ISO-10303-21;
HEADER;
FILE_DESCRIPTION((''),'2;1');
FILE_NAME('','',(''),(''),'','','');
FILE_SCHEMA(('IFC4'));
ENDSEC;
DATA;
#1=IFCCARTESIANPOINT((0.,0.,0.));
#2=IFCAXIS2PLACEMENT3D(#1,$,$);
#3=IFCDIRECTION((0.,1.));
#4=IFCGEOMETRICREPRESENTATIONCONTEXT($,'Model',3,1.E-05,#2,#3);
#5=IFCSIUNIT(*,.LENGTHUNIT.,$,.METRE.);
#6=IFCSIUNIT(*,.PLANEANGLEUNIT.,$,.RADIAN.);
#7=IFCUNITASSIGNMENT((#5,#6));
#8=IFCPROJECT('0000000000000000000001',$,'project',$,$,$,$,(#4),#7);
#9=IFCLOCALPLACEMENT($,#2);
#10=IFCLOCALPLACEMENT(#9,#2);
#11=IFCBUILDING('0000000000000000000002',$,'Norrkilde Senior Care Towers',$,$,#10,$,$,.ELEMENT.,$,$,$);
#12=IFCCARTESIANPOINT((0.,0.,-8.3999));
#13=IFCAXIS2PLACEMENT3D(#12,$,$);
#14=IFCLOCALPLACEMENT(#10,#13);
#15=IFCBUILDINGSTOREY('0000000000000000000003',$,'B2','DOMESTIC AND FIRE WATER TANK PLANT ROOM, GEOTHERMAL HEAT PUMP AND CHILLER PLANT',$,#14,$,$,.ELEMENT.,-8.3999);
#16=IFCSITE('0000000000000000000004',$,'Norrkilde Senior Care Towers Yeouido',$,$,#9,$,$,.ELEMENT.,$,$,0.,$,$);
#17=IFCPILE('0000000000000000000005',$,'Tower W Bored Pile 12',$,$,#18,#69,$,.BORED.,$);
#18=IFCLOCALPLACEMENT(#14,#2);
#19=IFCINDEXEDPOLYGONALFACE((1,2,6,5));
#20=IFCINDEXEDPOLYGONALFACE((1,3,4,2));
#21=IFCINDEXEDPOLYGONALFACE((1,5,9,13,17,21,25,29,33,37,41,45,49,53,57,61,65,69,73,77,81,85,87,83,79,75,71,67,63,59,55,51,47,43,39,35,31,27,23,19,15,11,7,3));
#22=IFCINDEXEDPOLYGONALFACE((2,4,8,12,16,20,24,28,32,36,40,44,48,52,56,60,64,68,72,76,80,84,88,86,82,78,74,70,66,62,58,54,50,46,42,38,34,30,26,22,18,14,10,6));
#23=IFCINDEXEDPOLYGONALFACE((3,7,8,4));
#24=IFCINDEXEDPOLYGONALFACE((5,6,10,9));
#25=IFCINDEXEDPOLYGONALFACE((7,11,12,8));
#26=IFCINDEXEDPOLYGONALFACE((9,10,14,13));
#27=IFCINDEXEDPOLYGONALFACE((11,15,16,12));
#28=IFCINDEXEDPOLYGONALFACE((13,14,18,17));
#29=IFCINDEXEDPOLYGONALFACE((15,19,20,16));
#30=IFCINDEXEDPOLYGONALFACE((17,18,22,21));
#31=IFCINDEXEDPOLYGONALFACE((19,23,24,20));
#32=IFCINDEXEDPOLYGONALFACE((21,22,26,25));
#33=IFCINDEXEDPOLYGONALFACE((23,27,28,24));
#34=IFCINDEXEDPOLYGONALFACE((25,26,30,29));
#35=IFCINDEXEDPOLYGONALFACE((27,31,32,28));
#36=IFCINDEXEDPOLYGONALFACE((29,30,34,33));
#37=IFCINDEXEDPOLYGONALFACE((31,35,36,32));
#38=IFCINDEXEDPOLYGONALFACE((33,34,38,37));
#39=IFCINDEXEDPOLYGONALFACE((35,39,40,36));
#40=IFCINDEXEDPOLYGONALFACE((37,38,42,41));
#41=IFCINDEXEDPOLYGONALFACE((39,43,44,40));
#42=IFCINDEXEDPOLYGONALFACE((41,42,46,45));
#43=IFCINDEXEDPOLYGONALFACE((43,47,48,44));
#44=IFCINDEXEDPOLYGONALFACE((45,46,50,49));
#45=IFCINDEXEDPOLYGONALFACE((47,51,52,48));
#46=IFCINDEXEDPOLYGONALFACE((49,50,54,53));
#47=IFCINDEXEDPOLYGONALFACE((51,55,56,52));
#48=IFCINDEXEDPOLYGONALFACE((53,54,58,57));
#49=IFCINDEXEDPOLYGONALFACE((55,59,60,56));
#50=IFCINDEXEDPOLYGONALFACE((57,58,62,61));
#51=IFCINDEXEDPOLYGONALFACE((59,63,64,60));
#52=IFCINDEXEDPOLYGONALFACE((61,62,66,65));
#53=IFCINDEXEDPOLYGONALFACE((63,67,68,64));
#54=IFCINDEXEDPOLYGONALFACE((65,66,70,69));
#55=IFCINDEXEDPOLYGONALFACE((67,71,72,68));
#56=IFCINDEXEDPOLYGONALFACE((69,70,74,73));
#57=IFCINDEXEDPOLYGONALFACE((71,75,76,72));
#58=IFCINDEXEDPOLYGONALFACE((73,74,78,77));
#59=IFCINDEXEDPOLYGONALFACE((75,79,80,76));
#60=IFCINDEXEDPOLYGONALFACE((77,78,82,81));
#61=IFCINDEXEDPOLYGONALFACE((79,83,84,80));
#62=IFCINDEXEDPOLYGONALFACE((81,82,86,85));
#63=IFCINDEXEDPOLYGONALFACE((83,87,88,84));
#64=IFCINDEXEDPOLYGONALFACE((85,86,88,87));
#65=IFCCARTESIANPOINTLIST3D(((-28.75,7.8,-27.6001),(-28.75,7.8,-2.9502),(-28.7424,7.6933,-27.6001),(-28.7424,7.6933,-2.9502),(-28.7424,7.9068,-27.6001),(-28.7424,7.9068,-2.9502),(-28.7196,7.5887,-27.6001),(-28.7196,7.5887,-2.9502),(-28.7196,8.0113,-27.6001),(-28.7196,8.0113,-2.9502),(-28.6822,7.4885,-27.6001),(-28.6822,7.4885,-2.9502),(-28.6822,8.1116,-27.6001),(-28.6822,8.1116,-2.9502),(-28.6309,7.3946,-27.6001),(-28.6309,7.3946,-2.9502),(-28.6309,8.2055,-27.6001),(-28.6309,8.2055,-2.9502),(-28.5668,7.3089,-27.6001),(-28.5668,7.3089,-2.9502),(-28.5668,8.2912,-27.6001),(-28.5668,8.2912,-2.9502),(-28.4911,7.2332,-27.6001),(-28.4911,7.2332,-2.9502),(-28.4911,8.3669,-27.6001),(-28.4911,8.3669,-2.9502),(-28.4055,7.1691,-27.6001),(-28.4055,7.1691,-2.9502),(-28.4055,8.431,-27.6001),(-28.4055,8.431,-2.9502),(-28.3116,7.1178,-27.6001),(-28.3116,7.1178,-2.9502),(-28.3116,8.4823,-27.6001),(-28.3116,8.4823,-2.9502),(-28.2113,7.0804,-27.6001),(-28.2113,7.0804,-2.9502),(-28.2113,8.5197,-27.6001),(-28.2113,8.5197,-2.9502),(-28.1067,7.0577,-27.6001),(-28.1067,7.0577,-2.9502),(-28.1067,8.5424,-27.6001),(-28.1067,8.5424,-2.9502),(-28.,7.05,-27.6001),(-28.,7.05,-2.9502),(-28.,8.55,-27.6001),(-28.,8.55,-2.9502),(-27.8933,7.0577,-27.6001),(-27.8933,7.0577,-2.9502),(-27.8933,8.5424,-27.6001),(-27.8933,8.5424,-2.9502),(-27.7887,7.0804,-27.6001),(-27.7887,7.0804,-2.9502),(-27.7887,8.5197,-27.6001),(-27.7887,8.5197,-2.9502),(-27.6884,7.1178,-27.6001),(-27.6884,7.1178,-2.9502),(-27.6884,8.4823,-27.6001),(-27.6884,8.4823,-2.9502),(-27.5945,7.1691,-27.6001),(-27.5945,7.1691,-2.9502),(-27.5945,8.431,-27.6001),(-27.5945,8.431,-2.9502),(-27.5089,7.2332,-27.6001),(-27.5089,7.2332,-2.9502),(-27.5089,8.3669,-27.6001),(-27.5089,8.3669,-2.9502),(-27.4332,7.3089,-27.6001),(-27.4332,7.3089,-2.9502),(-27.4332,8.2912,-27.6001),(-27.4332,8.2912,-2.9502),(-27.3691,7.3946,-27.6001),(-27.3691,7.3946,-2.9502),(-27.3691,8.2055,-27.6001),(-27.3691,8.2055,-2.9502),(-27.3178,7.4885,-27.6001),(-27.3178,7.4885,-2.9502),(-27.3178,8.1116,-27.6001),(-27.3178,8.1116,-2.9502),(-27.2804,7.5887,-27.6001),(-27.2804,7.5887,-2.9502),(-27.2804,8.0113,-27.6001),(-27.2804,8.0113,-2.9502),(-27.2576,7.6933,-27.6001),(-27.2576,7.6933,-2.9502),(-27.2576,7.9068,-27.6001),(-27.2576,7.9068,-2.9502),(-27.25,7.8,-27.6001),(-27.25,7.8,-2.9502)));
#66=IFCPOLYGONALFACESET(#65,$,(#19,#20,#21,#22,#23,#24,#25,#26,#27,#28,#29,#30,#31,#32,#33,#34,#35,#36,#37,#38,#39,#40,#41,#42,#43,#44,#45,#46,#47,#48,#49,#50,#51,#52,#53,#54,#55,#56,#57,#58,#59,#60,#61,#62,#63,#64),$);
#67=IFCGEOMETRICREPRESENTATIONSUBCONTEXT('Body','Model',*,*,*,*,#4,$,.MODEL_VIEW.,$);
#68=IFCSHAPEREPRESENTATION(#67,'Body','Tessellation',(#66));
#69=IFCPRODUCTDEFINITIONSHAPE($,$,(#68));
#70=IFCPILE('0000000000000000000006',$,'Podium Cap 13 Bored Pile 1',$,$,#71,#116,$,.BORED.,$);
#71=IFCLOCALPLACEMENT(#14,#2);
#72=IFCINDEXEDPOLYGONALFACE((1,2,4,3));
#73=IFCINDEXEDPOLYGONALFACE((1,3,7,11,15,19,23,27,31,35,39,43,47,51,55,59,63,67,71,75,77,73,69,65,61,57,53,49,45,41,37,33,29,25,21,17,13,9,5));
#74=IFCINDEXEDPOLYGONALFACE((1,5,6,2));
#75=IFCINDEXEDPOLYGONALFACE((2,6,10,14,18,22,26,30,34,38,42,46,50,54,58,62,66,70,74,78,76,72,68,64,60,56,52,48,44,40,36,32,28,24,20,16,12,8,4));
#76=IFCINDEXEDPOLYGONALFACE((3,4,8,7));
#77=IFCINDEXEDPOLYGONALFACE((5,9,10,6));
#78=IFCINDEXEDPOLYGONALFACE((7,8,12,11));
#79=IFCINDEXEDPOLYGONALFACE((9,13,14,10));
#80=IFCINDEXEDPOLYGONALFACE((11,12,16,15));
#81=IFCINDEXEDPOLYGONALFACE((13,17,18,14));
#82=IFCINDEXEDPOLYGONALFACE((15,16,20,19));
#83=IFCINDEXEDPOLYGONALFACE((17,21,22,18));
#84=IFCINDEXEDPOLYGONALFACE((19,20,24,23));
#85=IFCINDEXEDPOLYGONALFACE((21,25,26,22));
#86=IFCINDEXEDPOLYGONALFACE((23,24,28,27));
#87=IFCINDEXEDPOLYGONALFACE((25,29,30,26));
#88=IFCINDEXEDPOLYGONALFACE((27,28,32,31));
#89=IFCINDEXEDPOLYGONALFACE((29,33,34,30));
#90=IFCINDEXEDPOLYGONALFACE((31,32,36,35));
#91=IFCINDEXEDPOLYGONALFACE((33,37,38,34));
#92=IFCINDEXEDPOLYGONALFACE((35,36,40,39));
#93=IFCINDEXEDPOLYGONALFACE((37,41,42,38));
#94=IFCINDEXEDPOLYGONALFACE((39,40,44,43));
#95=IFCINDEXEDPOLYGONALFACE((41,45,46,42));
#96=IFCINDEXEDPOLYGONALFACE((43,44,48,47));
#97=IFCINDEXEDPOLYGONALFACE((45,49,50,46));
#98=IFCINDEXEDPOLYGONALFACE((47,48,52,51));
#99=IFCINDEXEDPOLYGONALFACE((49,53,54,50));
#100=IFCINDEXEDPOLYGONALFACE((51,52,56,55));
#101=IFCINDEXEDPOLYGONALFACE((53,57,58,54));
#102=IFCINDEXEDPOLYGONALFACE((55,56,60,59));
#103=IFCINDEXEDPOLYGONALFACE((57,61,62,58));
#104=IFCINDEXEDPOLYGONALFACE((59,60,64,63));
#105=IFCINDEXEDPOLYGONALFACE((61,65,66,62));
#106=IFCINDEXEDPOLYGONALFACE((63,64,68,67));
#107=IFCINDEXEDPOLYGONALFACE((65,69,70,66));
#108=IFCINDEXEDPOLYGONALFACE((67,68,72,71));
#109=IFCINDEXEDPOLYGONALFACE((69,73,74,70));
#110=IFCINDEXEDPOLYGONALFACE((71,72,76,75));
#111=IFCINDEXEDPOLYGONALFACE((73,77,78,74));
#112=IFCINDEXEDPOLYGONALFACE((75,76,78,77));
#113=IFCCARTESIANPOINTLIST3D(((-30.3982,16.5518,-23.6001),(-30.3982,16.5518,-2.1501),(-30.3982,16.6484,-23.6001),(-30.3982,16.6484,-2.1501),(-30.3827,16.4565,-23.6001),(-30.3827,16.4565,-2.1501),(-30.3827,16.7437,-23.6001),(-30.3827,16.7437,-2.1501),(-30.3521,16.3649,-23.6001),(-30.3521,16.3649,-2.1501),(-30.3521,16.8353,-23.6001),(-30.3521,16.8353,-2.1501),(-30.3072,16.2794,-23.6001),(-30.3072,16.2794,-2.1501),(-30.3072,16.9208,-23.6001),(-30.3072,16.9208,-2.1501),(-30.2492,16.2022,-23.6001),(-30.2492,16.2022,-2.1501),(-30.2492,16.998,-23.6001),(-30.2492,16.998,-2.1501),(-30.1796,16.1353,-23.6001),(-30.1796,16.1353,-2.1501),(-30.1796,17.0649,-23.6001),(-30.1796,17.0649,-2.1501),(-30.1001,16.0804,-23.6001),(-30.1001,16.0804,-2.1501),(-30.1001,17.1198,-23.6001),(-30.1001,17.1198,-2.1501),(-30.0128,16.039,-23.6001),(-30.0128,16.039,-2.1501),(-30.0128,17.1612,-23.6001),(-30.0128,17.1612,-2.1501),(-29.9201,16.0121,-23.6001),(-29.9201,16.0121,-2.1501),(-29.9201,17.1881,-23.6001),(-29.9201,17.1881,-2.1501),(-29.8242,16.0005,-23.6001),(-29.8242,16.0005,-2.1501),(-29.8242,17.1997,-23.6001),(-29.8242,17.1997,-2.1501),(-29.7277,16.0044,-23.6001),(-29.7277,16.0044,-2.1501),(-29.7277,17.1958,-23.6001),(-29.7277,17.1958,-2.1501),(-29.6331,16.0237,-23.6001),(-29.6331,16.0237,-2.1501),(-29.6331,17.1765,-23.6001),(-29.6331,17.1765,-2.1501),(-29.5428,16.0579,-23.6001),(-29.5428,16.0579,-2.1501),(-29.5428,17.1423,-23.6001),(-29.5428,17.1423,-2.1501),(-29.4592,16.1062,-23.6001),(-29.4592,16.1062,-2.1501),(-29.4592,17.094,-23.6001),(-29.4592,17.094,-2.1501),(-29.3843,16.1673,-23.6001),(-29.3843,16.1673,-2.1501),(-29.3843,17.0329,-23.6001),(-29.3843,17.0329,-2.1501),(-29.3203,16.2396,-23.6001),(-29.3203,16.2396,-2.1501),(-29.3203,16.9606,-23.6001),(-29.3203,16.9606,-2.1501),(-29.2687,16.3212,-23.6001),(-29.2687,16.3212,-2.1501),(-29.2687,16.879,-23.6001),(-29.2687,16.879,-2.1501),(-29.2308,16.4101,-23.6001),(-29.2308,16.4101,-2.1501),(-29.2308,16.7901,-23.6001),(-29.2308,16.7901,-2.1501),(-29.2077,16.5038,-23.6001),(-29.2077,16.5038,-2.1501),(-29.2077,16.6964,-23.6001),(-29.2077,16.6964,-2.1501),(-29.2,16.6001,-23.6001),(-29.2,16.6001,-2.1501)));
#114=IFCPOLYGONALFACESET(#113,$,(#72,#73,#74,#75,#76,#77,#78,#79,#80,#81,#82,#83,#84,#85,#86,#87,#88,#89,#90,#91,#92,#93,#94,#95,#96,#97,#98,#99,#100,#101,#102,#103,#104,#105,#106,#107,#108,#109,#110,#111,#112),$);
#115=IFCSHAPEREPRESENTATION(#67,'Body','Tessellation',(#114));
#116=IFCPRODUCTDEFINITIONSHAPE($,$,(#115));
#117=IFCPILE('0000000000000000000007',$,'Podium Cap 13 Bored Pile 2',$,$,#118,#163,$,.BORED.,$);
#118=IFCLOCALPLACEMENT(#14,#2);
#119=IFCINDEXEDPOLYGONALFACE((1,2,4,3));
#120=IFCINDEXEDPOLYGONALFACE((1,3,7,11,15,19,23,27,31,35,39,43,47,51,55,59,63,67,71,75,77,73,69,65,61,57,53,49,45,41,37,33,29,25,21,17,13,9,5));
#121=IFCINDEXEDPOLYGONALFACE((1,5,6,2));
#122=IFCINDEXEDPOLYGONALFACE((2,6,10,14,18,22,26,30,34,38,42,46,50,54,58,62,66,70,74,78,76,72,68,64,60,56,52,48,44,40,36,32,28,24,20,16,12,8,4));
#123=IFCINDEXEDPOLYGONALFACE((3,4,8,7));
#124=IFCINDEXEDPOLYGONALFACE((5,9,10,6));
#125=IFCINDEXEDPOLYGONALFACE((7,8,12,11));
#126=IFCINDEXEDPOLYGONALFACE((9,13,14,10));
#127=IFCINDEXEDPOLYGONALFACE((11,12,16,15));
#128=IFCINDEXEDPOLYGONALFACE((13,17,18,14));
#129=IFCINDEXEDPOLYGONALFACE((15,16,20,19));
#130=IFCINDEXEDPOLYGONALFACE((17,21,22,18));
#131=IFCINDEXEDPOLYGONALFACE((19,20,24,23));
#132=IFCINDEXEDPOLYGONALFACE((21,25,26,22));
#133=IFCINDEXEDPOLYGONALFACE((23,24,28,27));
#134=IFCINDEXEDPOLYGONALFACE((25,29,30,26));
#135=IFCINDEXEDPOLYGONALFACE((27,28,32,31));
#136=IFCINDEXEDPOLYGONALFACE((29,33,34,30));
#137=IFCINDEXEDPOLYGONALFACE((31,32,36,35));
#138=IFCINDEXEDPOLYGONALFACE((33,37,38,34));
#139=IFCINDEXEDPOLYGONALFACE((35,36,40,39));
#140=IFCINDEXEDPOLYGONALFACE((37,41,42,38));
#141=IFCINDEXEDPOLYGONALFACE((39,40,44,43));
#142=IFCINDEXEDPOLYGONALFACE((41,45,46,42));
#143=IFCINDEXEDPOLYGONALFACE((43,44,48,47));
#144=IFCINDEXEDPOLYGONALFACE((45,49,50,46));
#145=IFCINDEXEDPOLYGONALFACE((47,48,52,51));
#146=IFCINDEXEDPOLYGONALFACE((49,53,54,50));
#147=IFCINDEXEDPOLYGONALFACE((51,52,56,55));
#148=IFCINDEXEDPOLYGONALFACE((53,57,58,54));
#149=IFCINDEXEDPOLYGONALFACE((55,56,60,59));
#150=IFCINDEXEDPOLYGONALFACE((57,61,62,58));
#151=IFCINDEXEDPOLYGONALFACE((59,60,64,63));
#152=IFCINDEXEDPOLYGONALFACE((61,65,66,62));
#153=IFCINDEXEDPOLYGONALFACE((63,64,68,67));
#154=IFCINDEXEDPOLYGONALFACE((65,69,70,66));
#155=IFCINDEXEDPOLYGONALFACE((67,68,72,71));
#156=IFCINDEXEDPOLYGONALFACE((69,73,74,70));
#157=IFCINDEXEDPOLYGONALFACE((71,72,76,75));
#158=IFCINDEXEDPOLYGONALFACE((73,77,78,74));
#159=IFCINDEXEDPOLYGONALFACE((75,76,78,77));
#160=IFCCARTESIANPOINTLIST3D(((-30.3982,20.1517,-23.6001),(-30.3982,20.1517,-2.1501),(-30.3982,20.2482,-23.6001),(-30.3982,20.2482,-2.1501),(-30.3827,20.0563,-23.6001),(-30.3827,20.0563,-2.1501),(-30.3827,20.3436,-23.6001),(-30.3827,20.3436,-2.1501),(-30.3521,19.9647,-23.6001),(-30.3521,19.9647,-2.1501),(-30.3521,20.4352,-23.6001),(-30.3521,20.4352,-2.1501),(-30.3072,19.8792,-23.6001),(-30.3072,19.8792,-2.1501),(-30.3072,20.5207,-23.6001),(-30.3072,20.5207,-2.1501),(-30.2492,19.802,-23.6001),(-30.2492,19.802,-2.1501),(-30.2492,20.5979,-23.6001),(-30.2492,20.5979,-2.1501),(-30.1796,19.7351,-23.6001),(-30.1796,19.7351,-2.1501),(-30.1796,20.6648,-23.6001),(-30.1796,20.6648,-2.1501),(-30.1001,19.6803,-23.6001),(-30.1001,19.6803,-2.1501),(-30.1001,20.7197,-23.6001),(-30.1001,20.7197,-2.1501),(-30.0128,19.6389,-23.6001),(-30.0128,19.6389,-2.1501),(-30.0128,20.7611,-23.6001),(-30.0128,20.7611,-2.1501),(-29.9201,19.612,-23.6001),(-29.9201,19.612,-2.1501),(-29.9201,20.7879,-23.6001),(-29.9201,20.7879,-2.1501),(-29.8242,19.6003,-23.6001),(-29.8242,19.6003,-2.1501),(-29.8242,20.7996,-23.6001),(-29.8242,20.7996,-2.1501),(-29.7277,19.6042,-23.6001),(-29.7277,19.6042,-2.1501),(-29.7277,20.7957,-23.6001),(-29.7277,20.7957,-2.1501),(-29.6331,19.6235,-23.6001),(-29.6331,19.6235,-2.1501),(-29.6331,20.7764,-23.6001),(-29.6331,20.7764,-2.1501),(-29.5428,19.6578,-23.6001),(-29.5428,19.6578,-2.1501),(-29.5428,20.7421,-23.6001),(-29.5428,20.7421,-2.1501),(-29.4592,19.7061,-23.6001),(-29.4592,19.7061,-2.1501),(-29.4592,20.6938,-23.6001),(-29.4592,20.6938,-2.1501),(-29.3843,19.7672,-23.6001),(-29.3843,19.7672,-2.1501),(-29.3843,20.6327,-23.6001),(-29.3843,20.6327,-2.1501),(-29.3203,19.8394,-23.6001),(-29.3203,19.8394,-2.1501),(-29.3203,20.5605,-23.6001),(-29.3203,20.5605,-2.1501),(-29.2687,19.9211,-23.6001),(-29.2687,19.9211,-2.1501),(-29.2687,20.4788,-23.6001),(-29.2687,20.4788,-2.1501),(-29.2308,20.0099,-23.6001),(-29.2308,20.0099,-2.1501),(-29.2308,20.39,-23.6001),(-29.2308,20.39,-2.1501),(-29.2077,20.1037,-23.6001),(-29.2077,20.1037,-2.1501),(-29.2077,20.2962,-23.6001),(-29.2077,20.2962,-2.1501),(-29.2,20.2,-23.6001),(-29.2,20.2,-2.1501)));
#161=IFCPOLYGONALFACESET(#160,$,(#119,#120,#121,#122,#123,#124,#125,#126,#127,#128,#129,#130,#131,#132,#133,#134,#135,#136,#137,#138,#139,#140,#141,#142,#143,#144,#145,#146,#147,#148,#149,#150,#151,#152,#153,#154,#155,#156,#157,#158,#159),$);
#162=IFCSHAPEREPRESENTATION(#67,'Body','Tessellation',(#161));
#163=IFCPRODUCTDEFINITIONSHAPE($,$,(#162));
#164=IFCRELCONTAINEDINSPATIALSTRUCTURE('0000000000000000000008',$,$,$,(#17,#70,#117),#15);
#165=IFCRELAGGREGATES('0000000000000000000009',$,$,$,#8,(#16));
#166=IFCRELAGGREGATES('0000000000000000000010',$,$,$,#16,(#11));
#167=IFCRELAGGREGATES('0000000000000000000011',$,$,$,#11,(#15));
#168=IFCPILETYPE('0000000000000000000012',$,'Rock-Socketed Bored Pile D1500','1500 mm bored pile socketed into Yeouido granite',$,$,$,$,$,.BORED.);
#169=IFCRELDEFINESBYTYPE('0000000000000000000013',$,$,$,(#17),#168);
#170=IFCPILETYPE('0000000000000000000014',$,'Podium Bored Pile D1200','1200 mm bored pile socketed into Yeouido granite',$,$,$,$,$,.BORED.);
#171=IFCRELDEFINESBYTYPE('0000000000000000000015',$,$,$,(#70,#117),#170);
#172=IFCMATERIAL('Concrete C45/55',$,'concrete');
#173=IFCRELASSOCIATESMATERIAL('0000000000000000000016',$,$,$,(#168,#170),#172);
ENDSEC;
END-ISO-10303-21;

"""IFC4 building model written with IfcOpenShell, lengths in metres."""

from ifc_helpers import new_model, si_unit, direction, frame, origin, origin_2d, place, context, subcontext, project, spatial, circle, extrude, source, transform, mapped, material, material_profile, profile_set, type_object, type_shapes, element, save


model = new_model("IFC4")

# Units and contexts
model_context = context("Model", 3, precision=1e-05, world=origin(), true_north=direction((0.0, 1.0)))
body_context = subcontext(model_context, "Body", "Model", "MODEL_VIEW")
ifc_project = project(units=[si_unit("LENGTHUNIT", "METRE"), si_unit("PLANEANGLEUNIT", "RADIAN")], contexts=[model_context])

# Site, building, storey
site_placement = place(None, origin())
site = spatial("IfcSite", under=ifc_project, at=site_placement, Name="Norrkilde Senior Care Towers Yeouido", CompositionType="ELEMENT", RefElevation=0.0)
building_placement = place(site_placement, origin())
building = spatial("IfcBuilding", under=site, at=building_placement, Name="Norrkilde Senior Care Towers", CompositionType="ELEMENT")
storey_placement = place(building_placement, frame((0.0, 0.0, -8.3999)))
storey = spatial("IfcBuildingStorey", under=building, at=storey_placement, Name="B2", Description="DOMESTIC AND FIRE WATER TANK PLANT ROOM, GEOTHERMAL HEAT PUMP AND CHILLER PLANT", CompositionType="ELEMENT", Elevation=-8.3999)

# Piles
ifc_material_1 = material(Name="Concrete C45/55", Category="concrete")
ifc_material_profile_1 = material_profile(ifc_material_1, circle(Radius=0.75, at=origin_2d()), Name="BORED PILE 1500")
ifc_profile_set_1 = profile_set([ifc_material_profile_1], Name="Concrete C45/55")
pile_type_1 = type_object("IfcPileType", Name="Rock-Socketed Bored Pile D1500", Description="1500 mm bored pile socketed into Yeouido granite", PredefinedType="BORED", material=ifc_profile_set_1)
shared_shape_1 = source(origin(), body_context, "Body", "SweptSolid", [
    extrude(circle(Radius=0.75, at=origin_2d()), origin(), (0.0, 0.0, 1.0), 24.6499),
])
type_shapes(pile_type_1, [shared_shape_1])
for number, where, z_axis, x_axis, name in (
    (1, (-28.0, 7.8, -2.9502), (0.0, 0.0, -1.0), (1.0, 0.0, 0.0), "Tower W Bored Pile 12"),
):
    element("IfcPile", number, at=place(storey_placement, frame(where, z_axis=z_axis, x_axis=x_axis)), inside=storey, type_object=pile_type_1, Name=name, PredefinedType="BORED", context=body_context, shape_type="MappedRepresentation", body=[
        mapped(shared_shape_1, transform((0.0, 0.0, 0.0), x_axis=(1.0, 0.0, 0.0), y_axis=(0.0, 1.0, 0.0), z_axis=(0.0, 0.0, 1.0), scale=1.0)),
    ])
ifc_material_profile_2 = material_profile(ifc_material_1, circle(Radius=0.6001, at=origin_2d()), Name="BORED PILE 1200")
ifc_profile_set_2 = profile_set([ifc_material_profile_2], Name="Concrete C45/55")
pile_type_2 = type_object("IfcPileType", Name="Podium Bored Pile D1200", Description="1200 mm bored pile socketed into Yeouido granite", PredefinedType="BORED", material=ifc_profile_set_2)
shared_shape_2 = source(origin(), body_context, "Body", "SweptSolid", [
    extrude(circle(Radius=0.6001, at=origin_2d()), origin(), (0.0, 0.0, 1.0), 21.45),
])
type_shapes(pile_type_2, [shared_shape_2])
for number, where, z_axis, x_axis, name in (
    (2, (-29.8, 16.6001, -2.1501), (0.0, 0.0, -1.0), (1.0, 0.0, 0.0), "Podium Cap 13 Bored Pile 1"),
    (3, (-29.8, 20.2, -2.1501), (0.0, 0.0, -1.0), (1.0, 0.0, 0.0), "Podium Cap 13 Bored Pile 2"),
):
    element("IfcPile", number, at=place(storey_placement, frame(where, z_axis=z_axis, x_axis=x_axis)), inside=storey, type_object=pile_type_2, Name=name, PredefinedType="BORED", context=body_context, shape_type="MappedRepresentation", body=[
        mapped(shared_shape_2, transform((0.0, 0.0, 0.0), x_axis=(1.0, 0.0, 0.0), y_axis=(0.0, 1.0, 0.0), z_axis=(0.0, 0.0, 1.0), scale=1.0)),
    ])

save(model, "model.ifc")
